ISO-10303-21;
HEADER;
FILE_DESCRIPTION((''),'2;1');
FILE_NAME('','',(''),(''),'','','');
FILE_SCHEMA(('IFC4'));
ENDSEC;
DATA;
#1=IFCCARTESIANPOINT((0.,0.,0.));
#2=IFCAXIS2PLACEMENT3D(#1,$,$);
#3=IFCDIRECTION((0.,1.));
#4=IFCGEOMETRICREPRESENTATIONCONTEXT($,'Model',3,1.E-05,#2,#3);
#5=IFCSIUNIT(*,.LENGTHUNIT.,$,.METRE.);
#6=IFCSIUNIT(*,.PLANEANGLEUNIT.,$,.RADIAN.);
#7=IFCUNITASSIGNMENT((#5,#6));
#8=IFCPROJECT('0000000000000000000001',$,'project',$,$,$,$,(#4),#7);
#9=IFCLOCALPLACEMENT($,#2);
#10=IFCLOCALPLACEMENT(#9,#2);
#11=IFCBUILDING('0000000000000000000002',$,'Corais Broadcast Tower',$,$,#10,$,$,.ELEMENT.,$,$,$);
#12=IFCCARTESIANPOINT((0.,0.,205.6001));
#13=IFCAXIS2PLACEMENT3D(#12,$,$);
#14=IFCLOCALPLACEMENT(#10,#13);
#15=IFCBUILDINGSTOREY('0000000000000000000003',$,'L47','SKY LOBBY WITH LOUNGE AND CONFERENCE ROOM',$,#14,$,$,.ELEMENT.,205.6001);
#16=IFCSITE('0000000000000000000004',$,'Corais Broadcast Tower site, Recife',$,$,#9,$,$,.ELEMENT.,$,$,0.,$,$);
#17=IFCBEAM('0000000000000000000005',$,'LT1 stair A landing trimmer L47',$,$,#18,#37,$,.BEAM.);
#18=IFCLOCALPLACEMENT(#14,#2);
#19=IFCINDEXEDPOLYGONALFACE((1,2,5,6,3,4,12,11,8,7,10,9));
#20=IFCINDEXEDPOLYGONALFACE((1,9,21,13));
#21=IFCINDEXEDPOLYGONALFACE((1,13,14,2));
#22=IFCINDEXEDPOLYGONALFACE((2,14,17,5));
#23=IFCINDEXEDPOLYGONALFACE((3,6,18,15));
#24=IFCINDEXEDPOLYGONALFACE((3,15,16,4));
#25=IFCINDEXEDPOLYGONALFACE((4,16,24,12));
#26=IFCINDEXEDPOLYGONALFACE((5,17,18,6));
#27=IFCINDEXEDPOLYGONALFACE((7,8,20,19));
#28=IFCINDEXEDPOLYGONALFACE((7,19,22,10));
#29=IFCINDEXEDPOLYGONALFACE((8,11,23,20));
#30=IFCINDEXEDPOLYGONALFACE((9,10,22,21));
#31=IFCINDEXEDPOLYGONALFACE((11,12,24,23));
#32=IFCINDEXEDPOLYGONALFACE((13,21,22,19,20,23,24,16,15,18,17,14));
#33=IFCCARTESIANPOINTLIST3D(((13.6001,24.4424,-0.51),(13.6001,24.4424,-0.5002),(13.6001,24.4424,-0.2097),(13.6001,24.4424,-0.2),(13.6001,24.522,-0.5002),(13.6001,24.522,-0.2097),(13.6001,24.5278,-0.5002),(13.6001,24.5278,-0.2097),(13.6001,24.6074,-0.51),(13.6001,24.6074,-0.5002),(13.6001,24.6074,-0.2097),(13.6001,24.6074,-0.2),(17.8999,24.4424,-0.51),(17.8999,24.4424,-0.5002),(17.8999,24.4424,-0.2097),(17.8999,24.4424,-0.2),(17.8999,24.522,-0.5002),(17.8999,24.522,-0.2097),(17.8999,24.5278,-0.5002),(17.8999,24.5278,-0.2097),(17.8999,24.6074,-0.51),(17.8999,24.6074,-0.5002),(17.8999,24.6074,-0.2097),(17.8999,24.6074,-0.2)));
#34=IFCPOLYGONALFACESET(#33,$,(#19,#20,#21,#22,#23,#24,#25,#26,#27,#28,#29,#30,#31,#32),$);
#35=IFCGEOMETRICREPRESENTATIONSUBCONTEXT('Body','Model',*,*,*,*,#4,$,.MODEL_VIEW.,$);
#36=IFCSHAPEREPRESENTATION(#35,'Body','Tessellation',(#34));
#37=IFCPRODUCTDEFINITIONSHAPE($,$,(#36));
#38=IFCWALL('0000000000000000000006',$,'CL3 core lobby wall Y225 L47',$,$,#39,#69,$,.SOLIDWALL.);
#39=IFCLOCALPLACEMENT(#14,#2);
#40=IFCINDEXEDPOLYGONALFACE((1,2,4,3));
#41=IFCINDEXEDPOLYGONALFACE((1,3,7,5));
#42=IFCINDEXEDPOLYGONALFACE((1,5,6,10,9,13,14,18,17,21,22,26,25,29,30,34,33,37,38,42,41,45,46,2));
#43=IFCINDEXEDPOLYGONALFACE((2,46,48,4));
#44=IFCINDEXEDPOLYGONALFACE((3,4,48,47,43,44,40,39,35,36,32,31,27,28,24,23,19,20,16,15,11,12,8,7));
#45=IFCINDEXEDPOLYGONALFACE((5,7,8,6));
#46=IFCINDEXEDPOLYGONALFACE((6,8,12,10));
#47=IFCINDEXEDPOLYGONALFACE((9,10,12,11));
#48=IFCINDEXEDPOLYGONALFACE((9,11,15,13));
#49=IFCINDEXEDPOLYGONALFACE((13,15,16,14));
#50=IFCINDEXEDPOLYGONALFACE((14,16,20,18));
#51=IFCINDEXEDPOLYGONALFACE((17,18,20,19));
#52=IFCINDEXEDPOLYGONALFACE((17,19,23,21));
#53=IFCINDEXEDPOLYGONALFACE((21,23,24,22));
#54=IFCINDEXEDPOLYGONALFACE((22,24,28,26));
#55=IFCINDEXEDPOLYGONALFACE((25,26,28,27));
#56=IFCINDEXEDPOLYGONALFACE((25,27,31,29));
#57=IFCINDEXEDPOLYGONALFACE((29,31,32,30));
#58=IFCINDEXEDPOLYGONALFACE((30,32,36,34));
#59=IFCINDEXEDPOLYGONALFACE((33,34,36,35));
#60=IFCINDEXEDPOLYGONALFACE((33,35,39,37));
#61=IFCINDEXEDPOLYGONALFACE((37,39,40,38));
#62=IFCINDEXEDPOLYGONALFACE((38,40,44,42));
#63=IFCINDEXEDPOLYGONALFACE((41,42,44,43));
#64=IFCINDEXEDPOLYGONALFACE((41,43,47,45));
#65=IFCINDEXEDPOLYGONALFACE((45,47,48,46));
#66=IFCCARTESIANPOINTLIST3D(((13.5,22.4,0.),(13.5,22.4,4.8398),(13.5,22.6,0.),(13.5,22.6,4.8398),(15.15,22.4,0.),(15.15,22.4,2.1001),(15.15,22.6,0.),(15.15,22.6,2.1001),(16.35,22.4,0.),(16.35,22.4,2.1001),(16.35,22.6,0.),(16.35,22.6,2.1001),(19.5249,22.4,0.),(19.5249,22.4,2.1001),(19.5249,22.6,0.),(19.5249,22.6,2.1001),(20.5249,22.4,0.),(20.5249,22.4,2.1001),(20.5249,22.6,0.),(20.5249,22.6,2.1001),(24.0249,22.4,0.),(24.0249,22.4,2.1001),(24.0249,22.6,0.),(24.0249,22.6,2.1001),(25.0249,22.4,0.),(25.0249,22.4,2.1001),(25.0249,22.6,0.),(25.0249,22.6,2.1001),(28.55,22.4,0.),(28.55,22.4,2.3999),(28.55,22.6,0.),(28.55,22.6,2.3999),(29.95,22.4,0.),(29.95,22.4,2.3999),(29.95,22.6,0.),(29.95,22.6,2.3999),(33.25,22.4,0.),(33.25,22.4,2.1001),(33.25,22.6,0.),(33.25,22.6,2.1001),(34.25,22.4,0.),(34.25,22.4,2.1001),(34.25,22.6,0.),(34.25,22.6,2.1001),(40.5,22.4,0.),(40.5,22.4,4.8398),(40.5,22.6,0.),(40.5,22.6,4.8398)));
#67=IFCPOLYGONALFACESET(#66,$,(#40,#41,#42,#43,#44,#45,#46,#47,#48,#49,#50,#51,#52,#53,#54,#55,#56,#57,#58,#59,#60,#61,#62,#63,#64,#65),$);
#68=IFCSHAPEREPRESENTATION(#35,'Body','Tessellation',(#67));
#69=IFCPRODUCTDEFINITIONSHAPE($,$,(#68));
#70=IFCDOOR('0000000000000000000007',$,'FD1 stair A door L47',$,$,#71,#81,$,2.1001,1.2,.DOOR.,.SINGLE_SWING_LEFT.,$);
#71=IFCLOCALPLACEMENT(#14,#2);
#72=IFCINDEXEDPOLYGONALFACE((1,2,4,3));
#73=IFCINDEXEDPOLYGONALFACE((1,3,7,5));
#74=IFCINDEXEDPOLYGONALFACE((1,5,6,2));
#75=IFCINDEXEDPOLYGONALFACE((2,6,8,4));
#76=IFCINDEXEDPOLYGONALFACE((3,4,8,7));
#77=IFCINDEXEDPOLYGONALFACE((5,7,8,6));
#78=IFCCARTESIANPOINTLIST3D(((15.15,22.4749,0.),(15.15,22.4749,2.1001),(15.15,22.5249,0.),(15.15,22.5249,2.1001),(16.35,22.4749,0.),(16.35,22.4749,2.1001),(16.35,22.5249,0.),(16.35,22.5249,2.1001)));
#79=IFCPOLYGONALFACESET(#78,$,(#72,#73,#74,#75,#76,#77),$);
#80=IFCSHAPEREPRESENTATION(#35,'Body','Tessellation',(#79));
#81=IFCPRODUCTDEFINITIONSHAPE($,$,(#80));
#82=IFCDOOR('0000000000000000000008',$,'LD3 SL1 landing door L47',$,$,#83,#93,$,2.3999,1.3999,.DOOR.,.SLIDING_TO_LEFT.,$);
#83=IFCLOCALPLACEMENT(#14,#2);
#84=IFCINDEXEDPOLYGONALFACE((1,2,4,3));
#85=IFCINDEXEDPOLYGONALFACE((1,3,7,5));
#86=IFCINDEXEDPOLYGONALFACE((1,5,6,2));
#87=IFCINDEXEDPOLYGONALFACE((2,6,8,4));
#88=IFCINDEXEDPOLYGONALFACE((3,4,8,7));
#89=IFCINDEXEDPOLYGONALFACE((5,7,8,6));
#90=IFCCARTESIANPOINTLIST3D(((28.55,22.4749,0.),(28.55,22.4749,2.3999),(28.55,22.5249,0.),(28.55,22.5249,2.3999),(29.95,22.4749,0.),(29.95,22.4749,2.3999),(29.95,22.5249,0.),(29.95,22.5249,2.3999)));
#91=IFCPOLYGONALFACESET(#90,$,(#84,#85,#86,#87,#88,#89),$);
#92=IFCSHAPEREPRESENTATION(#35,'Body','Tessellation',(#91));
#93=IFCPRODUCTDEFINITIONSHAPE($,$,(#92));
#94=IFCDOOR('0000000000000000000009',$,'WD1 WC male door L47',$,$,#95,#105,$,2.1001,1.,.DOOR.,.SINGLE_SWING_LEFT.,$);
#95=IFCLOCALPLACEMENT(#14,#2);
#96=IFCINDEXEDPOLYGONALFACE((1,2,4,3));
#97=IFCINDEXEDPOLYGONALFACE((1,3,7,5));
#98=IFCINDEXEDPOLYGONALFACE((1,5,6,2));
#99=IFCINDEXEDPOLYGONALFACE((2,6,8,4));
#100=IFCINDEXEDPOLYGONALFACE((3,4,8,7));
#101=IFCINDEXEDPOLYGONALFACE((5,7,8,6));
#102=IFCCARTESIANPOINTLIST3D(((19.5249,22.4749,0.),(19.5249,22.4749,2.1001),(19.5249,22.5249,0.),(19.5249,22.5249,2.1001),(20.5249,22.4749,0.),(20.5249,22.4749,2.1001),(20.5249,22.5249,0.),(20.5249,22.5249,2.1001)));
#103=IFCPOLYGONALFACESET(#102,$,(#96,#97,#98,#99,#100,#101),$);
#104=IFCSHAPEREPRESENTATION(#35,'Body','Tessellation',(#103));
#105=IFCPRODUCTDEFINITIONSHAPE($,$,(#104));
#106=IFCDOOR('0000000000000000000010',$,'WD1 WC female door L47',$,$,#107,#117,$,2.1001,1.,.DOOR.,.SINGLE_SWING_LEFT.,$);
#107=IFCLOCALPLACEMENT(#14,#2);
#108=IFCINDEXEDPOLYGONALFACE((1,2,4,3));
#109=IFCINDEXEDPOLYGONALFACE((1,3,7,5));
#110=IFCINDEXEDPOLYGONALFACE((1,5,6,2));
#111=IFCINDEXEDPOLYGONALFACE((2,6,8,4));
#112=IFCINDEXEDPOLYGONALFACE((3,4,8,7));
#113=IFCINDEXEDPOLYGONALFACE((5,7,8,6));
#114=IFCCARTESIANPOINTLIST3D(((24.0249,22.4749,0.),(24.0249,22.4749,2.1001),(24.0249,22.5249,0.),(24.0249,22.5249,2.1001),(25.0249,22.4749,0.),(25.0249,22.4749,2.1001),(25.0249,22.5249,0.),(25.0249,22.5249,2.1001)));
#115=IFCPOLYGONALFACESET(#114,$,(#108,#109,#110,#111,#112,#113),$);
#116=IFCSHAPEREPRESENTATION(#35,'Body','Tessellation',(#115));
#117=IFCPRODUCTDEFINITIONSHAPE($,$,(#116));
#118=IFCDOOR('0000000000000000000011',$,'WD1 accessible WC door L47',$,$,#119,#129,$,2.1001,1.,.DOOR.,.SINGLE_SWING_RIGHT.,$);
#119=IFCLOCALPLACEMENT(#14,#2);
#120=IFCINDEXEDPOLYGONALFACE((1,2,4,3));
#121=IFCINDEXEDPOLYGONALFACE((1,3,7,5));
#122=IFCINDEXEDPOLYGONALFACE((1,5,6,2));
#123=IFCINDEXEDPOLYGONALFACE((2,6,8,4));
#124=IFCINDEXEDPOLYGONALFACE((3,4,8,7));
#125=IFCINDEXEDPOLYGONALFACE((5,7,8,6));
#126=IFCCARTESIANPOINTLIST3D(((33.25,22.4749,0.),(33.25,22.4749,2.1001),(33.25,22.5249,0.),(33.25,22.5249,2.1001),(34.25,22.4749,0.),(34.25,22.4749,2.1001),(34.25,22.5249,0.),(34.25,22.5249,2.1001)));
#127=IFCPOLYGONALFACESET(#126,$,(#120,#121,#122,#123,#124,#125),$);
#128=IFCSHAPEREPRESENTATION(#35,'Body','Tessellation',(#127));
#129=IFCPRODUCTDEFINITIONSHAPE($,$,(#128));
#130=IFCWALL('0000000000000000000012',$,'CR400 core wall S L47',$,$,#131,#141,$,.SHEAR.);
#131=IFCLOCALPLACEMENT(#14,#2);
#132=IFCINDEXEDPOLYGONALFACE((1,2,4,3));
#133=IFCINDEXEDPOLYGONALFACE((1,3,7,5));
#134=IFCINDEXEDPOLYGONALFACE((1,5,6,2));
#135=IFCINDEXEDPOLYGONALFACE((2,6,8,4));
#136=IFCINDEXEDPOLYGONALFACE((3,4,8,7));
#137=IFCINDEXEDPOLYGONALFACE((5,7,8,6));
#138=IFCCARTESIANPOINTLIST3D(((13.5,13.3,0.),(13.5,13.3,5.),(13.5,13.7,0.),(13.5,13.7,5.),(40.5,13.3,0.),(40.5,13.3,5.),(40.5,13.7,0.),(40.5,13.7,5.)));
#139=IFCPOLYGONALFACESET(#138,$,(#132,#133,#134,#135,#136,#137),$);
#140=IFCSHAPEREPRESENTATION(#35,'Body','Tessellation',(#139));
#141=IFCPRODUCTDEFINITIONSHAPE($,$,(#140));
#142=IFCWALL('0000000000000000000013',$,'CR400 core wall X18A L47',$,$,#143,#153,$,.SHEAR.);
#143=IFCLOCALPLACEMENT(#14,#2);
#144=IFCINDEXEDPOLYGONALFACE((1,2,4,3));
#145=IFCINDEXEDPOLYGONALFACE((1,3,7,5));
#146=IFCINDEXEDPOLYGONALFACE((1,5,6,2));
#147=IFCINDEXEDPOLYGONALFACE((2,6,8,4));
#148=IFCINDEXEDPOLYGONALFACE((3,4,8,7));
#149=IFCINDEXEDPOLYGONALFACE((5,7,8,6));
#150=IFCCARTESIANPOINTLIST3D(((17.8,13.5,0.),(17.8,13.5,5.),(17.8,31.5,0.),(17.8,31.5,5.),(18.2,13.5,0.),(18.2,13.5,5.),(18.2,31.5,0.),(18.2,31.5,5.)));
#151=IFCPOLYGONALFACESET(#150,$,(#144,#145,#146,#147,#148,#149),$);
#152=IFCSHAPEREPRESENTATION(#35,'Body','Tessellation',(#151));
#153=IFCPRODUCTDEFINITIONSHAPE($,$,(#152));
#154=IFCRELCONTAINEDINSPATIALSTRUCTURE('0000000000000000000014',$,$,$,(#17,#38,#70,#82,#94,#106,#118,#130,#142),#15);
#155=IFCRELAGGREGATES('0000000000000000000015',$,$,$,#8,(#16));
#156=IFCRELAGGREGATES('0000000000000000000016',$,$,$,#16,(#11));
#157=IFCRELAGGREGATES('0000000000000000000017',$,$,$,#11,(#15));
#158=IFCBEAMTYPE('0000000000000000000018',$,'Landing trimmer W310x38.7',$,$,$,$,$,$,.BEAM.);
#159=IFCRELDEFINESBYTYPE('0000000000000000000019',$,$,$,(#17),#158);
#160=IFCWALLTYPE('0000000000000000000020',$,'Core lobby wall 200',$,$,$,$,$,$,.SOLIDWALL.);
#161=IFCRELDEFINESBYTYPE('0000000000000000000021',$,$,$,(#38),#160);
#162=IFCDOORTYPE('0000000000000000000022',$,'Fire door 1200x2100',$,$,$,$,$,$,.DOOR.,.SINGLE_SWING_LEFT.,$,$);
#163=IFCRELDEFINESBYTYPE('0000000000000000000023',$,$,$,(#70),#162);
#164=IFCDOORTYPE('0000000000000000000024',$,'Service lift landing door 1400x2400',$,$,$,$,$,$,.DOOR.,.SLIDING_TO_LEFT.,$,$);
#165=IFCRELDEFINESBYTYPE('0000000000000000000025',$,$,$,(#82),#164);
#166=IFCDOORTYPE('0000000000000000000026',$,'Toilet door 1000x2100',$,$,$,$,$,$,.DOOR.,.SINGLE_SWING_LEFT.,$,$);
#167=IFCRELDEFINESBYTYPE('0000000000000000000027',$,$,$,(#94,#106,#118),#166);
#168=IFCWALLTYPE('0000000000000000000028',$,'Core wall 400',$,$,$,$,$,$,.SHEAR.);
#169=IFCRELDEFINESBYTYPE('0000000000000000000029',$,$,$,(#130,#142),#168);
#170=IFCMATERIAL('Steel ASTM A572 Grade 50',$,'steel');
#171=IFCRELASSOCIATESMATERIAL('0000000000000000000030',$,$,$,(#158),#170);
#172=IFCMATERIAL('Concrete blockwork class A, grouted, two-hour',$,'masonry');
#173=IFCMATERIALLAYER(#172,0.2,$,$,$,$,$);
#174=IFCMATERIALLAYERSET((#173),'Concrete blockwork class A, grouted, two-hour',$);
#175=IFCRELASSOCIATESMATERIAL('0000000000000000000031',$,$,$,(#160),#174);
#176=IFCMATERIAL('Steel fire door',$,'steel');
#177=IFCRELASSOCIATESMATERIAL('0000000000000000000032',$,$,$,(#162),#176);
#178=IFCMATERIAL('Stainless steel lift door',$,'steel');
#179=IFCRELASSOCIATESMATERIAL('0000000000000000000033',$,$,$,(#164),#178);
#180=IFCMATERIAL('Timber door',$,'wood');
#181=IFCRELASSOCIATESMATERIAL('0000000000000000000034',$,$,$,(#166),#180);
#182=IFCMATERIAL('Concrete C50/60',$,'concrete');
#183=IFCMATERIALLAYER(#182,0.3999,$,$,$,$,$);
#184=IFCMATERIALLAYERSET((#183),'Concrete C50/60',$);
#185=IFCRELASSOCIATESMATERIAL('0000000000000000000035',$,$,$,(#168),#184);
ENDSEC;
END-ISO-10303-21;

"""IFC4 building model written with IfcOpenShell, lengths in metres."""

from ifc_helpers import new_model, si_unit, direction, frame, frame_2d, origin, origin_2d, place, context, subcontext, project, spatial, rectangle, i_section, extrude, material, layer, layer_set, material_profile, profile_set, type_object, element, fill, save


model = new_model("IFC4")

# Units and contexts
model_context = context("Model", 3, precision=1e-05, world=origin(), true_north=direction((0.0, 1.0)))
body_context = subcontext(model_context, "Body", "Model", "MODEL_VIEW")
ifc_project = project(units=[si_unit("LENGTHUNIT", "METRE"), si_unit("PLANEANGLEUNIT", "RADIAN")], contexts=[model_context])

# Site, building, storey
site_placement = place(None, origin())
site = spatial("IfcSite", under=ifc_project, at=site_placement, Name="Corais Broadcast Tower site, Recife", CompositionType="ELEMENT", RefElevation=0.0)
building_placement = place(site_placement, origin())
building = spatial("IfcBuilding", under=site, at=building_placement, Name="Corais Broadcast Tower", CompositionType="ELEMENT")
storey_placement = place(building_placement, frame((0.0, 0.0, 205.6001)))
storey = spatial("IfcBuildingStorey", under=building, at=storey_placement, Name="L47", Description="SKY LOBBY WITH LOUNGE AND CONFERENCE ROOM", CompositionType="ELEMENT", Elevation=205.6001)

# Beam
ifc_material_1 = material(Name="Steel ASTM A572 Grade 50", Category="steel")
ifc_material_profile = material_profile(ifc_material_1, i_section(OverallWidth=0.165, OverallDepth=0.3101, WebThickness=0.0059, FlangeThickness=0.0098, at=origin_2d()), Name="W310x38.7")
ifc_profile_set = profile_set([ifc_material_profile], Name="Steel ASTM A572 Grade 50")
beam_type = type_object("IfcBeamType", Name="Landing trimmer W310x38.7", PredefinedType="BEAM", material=ifc_profile_set)
beam_placement = place(storey_placement, frame((13.6001, 24.5249, -0.355), z_axis=(1.0, 0.0, 0.0), x_axis=(0.0, 1.0, 0.0)))
element("IfcBeam", 1, at=beam_placement, inside=storey, type_object=beam_type, Name="LT1 stair A landing trimmer L47", PredefinedType="BEAM", context=body_context, shape_type="SweptSolid", body=[
    extrude(i_section(OverallWidth=0.165, OverallDepth=0.3101, WebThickness=0.0059, FlangeThickness=0.0098, at=origin_2d()), origin(), (0.0, 0.0, 1.0), 4.2998),
])

# Wall, openings, doors
ifc_material_2 = material(Name="Concrete blockwork class A, grouted, two-hour", Category="masonry")
ifc_layer_1 = layer(ifc_material_2, 0.2)
ifc_layer_set_1 = layer_set([ifc_layer_1], Name="Concrete blockwork class A, grouted, two-hour")
wall_type_1 = type_object("IfcWallType", Name="Core lobby wall 200", PredefinedType="SOLIDWALL", material=ifc_layer_set_1)
wall_1_placement = place(storey_placement, frame((13.5, 22.5, 0.0), z_axis=(0.0, 0.0, 1.0), x_axis=(1.0, 0.0, 0.0)))
wall_1 = element("IfcWall", 2, at=wall_1_placement, inside=storey, type_object=wall_type_1, Name="CL3 core lobby wall Y225 L47", PredefinedType="SOLIDWALL", context=body_context, shape_type="SweptSolid", body=[
    extrude(rectangle(XDim=27.0, YDim=0.2, at=frame_2d((13.5, 0.0))), origin(), (0.0, 0.0, 1.0), 4.8398),
])
opening_1_placement = place(wall_1_placement, frame((1.6499, 0.0, 0.0)))
opening_1 = element("IfcOpeningElement", 3, at=opening_1_placement, cuts=wall_1, PredefinedType="OPENING", context=body_context, shape_type="SweptSolid", body=[
    extrude(rectangle(XDim=1.2, YDim=2.1001, at=frame_2d((0.6001, 1.05))), frame((0.0, 0.1099, 0.0), z_axis=(0.0, -1.0, 0.0), x_axis=(1.0, 0.0, 0.0)), (0.0, 0.0, 1.0), 0.22),
])
opening_2_placement = place(wall_1_placement, frame((6.0249, 0.0, 0.0)))
opening_2 = element("IfcOpeningElement", 4, at=opening_2_placement, cuts=wall_1, PredefinedType="OPENING", context=body_context, shape_type="SweptSolid", body=[
    extrude(rectangle(XDim=1.0, YDim=2.1001, at=frame_2d((0.5, 1.05))), frame((0.0, 0.1099, 0.0), z_axis=(0.0, -1.0, 0.0), x_axis=(1.0, 0.0, 0.0)), (0.0, 0.0, 1.0), 0.22),
])
opening_3_placement = place(wall_1_placement, frame((10.5249, 0.0, 0.0)))
opening_3 = element("IfcOpeningElement", 5, at=opening_3_placement, cuts=wall_1, PredefinedType="OPENING", context=body_context, shape_type="SweptSolid", body=[
    extrude(rectangle(XDim=1.0, YDim=2.1001, at=frame_2d((0.5, 1.05))), frame((0.0, 0.1099, 0.0), z_axis=(0.0, -1.0, 0.0), x_axis=(1.0, 0.0, 0.0)), (0.0, 0.0, 1.0), 0.22),
])
opening_4_placement = place(wall_1_placement, frame((19.75, 0.0, 0.0)))
opening_4 = element("IfcOpeningElement", 6, at=opening_4_placement, cuts=wall_1, PredefinedType="OPENING", context=body_context, shape_type="SweptSolid", body=[
    extrude(rectangle(XDim=1.0, YDim=2.1001, at=frame_2d((0.5, 1.05))), frame((0.0, 0.1099, 0.0), z_axis=(0.0, -1.0, 0.0), x_axis=(1.0, 0.0, 0.0)), (0.0, 0.0, 1.0), 0.22),
])
opening_5_placement = place(wall_1_placement, frame((15.05, 0.0, 0.0)))
opening_5 = element("IfcOpeningElement", 7, at=opening_5_placement, cuts=wall_1, PredefinedType="OPENING", context=body_context, shape_type="SweptSolid", body=[
    extrude(rectangle(XDim=1.3999, YDim=2.3999, at=frame_2d((0.7, 1.2))), frame((0.0, 0.1099, 0.0), z_axis=(0.0, -1.0, 0.0), x_axis=(1.0, 0.0, 0.0)), (0.0, 0.0, 1.0), 0.22),
])
ifc_material_3 = material(Name="Steel fire door", Category="steel")
door_type_1 = type_object("IfcDoorType", Name="Fire door 1200x2100", OperationType="SINGLE_SWING_LEFT", PredefinedType="DOOR", material=ifc_material_3)
door_1_placement = place(opening_1_placement, origin())
door_1 = element("IfcDoor", 8, at=door_1_placement, inside=storey, type_object=door_type_1, Name="FD1 stair A door L47", OperationType="SINGLE_SWING_LEFT", OverallHeight=2.1001, OverallWidth=1.2, PredefinedType="DOOR", context=body_context, shape_type="SweptSolid", body=[
    extrude(rectangle(XDim=1.2, YDim=2.1001, at=frame_2d((0.6001, 1.05))), frame((0.0, 0.0249, 0.0), z_axis=(0.0, -1.0, 0.0), x_axis=(1.0, 0.0, 0.0)), (0.0, 0.0, 1.0), 0.05),
])
fill(opening_1, door_1)
ifc_material_4 = material(Name="Stainless steel lift door", Category="steel")
door_type_2 = type_object("IfcDoorType", Name="Service lift landing door 1400x2400", OperationType="SLIDING_TO_LEFT", PredefinedType="DOOR", material=ifc_material_4)
door_2_placement = place(opening_5_placement, origin())
door_2 = element("IfcDoor", 9, at=door_2_placement, inside=storey, type_object=door_type_2, Name="LD3 SL1 landing door L47", OperationType="SLIDING_TO_LEFT", OverallHeight=2.3999, OverallWidth=1.3999, PredefinedType="DOOR", context=body_context, shape_type="SweptSolid", body=[
    extrude(rectangle(XDim=1.3999, YDim=2.3999, at=frame_2d((0.7, 1.2))), frame((0.0, 0.0249, 0.0), z_axis=(0.0, -1.0, 0.0), x_axis=(1.0, 0.0, 0.0)), (0.0, 0.0, 1.0), 0.05),
])
fill(opening_5, door_2)
ifc_material_5 = material(Name="Timber door", Category="wood")
door_type_3 = type_object("IfcDoorType", Name="Toilet door 1000x2100", OperationType="SINGLE_SWING_LEFT", PredefinedType="DOOR", material=ifc_material_5)
door_3_placement = place(opening_2_placement, origin())
door_3 = element("IfcDoor", 10, at=door_3_placement, inside=storey, type_object=door_type_3, Name="WD1 WC male door L47", OperationType="SINGLE_SWING_LEFT", OverallHeight=2.1001, OverallWidth=1.0, PredefinedType="DOOR", context=body_context, shape_type="SweptSolid", body=[
    extrude(rectangle(XDim=1.0, YDim=2.1001, at=frame_2d((0.5, 1.05))), frame((0.0, 0.0249, 0.0), z_axis=(0.0, -1.0, 0.0), x_axis=(1.0, 0.0, 0.0)), (0.0, 0.0, 1.0), 0.05),
])
fill(opening_2, door_3)
door_4_placement = place(opening_3_placement, origin())
door_4 = element("IfcDoor", 11, at=door_4_placement, inside=storey, type_object=door_type_3, Name="WD1 WC female door L47", OperationType="SINGLE_SWING_LEFT", OverallHeight=2.1001, OverallWidth=1.0, PredefinedType="DOOR", context=body_context, shape_type="SweptSolid", body=[
    extrude(rectangle(XDim=1.0, YDim=2.1001, at=frame_2d((0.5, 1.05))), frame((0.0, 0.0249, 0.0), z_axis=(0.0, -1.0, 0.0), x_axis=(1.0, 0.0, 0.0)), (0.0, 0.0, 1.0), 0.05),
])
fill(opening_3, door_4)
door_5_placement = place(opening_4_placement, origin())
door_5 = element("IfcDoor", 12, at=door_5_placement, inside=storey, type_object=door_type_3, Name="WD1 accessible WC door L47", OperationType="SINGLE_SWING_RIGHT", OverallHeight=2.1001, OverallWidth=1.0, PredefinedType="DOOR", context=body_context, shape_type="SweptSolid", body=[
    extrude(rectangle(XDim=1.0, YDim=2.1001, at=frame_2d((0.5, 1.05))), frame((0.0, 0.0249, 0.0), z_axis=(0.0, -1.0, 0.0), x_axis=(1.0, 0.0, 0.0)), (0.0, 0.0, 1.0), 0.05),
])
fill(opening_4, door_5)

# Walls
ifc_material_6 = material(Name="Concrete C50/60", Category="concrete")
ifc_layer_2 = layer(ifc_material_6, 0.3999)
ifc_layer_set_2 = layer_set([ifc_layer_2], Name="Concrete C50/60")
wall_type_2 = type_object("IfcWallType", Name="Core wall 400", PredefinedType="SHEAR", material=ifc_layer_set_2)
wall_2_placement = place(storey_placement, frame((13.5, 13.5, 0.0), z_axis=(0.0, 0.0, 1.0), x_axis=(1.0, 0.0, 0.0)))
element("IfcWall", 13, at=wall_2_placement, inside=storey, type_object=wall_type_2, Name="CR400 core wall S L47", PredefinedType="SHEAR", context=body_context, shape_type="SweptSolid", body=[
    extrude(rectangle(XDim=27.0, YDim=0.3999, at=frame_2d((13.5, 0.0))), origin(), (0.0, 0.0, 1.0), 5.0),
])
wall_3_placement = place(storey_placement, frame((18.0, 13.5, 0.0), z_axis=(0.0, 0.0, 1.0), x_axis=(0.0, 1.0, 0.0)))
element("IfcWall", 14, at=wall_3_placement, inside=storey, type_object=wall_type_2, Name="CR400 core wall X18A L47", PredefinedType="SHEAR", context=body_context, shape_type="SweptSolid", body=[
    extrude(rectangle(XDim=18.0, YDim=0.3999, at=frame_2d((9.0, 0.0))), origin(), (0.0, 0.0, 1.0), 5.0),
])

save(model, "model.ifc")
